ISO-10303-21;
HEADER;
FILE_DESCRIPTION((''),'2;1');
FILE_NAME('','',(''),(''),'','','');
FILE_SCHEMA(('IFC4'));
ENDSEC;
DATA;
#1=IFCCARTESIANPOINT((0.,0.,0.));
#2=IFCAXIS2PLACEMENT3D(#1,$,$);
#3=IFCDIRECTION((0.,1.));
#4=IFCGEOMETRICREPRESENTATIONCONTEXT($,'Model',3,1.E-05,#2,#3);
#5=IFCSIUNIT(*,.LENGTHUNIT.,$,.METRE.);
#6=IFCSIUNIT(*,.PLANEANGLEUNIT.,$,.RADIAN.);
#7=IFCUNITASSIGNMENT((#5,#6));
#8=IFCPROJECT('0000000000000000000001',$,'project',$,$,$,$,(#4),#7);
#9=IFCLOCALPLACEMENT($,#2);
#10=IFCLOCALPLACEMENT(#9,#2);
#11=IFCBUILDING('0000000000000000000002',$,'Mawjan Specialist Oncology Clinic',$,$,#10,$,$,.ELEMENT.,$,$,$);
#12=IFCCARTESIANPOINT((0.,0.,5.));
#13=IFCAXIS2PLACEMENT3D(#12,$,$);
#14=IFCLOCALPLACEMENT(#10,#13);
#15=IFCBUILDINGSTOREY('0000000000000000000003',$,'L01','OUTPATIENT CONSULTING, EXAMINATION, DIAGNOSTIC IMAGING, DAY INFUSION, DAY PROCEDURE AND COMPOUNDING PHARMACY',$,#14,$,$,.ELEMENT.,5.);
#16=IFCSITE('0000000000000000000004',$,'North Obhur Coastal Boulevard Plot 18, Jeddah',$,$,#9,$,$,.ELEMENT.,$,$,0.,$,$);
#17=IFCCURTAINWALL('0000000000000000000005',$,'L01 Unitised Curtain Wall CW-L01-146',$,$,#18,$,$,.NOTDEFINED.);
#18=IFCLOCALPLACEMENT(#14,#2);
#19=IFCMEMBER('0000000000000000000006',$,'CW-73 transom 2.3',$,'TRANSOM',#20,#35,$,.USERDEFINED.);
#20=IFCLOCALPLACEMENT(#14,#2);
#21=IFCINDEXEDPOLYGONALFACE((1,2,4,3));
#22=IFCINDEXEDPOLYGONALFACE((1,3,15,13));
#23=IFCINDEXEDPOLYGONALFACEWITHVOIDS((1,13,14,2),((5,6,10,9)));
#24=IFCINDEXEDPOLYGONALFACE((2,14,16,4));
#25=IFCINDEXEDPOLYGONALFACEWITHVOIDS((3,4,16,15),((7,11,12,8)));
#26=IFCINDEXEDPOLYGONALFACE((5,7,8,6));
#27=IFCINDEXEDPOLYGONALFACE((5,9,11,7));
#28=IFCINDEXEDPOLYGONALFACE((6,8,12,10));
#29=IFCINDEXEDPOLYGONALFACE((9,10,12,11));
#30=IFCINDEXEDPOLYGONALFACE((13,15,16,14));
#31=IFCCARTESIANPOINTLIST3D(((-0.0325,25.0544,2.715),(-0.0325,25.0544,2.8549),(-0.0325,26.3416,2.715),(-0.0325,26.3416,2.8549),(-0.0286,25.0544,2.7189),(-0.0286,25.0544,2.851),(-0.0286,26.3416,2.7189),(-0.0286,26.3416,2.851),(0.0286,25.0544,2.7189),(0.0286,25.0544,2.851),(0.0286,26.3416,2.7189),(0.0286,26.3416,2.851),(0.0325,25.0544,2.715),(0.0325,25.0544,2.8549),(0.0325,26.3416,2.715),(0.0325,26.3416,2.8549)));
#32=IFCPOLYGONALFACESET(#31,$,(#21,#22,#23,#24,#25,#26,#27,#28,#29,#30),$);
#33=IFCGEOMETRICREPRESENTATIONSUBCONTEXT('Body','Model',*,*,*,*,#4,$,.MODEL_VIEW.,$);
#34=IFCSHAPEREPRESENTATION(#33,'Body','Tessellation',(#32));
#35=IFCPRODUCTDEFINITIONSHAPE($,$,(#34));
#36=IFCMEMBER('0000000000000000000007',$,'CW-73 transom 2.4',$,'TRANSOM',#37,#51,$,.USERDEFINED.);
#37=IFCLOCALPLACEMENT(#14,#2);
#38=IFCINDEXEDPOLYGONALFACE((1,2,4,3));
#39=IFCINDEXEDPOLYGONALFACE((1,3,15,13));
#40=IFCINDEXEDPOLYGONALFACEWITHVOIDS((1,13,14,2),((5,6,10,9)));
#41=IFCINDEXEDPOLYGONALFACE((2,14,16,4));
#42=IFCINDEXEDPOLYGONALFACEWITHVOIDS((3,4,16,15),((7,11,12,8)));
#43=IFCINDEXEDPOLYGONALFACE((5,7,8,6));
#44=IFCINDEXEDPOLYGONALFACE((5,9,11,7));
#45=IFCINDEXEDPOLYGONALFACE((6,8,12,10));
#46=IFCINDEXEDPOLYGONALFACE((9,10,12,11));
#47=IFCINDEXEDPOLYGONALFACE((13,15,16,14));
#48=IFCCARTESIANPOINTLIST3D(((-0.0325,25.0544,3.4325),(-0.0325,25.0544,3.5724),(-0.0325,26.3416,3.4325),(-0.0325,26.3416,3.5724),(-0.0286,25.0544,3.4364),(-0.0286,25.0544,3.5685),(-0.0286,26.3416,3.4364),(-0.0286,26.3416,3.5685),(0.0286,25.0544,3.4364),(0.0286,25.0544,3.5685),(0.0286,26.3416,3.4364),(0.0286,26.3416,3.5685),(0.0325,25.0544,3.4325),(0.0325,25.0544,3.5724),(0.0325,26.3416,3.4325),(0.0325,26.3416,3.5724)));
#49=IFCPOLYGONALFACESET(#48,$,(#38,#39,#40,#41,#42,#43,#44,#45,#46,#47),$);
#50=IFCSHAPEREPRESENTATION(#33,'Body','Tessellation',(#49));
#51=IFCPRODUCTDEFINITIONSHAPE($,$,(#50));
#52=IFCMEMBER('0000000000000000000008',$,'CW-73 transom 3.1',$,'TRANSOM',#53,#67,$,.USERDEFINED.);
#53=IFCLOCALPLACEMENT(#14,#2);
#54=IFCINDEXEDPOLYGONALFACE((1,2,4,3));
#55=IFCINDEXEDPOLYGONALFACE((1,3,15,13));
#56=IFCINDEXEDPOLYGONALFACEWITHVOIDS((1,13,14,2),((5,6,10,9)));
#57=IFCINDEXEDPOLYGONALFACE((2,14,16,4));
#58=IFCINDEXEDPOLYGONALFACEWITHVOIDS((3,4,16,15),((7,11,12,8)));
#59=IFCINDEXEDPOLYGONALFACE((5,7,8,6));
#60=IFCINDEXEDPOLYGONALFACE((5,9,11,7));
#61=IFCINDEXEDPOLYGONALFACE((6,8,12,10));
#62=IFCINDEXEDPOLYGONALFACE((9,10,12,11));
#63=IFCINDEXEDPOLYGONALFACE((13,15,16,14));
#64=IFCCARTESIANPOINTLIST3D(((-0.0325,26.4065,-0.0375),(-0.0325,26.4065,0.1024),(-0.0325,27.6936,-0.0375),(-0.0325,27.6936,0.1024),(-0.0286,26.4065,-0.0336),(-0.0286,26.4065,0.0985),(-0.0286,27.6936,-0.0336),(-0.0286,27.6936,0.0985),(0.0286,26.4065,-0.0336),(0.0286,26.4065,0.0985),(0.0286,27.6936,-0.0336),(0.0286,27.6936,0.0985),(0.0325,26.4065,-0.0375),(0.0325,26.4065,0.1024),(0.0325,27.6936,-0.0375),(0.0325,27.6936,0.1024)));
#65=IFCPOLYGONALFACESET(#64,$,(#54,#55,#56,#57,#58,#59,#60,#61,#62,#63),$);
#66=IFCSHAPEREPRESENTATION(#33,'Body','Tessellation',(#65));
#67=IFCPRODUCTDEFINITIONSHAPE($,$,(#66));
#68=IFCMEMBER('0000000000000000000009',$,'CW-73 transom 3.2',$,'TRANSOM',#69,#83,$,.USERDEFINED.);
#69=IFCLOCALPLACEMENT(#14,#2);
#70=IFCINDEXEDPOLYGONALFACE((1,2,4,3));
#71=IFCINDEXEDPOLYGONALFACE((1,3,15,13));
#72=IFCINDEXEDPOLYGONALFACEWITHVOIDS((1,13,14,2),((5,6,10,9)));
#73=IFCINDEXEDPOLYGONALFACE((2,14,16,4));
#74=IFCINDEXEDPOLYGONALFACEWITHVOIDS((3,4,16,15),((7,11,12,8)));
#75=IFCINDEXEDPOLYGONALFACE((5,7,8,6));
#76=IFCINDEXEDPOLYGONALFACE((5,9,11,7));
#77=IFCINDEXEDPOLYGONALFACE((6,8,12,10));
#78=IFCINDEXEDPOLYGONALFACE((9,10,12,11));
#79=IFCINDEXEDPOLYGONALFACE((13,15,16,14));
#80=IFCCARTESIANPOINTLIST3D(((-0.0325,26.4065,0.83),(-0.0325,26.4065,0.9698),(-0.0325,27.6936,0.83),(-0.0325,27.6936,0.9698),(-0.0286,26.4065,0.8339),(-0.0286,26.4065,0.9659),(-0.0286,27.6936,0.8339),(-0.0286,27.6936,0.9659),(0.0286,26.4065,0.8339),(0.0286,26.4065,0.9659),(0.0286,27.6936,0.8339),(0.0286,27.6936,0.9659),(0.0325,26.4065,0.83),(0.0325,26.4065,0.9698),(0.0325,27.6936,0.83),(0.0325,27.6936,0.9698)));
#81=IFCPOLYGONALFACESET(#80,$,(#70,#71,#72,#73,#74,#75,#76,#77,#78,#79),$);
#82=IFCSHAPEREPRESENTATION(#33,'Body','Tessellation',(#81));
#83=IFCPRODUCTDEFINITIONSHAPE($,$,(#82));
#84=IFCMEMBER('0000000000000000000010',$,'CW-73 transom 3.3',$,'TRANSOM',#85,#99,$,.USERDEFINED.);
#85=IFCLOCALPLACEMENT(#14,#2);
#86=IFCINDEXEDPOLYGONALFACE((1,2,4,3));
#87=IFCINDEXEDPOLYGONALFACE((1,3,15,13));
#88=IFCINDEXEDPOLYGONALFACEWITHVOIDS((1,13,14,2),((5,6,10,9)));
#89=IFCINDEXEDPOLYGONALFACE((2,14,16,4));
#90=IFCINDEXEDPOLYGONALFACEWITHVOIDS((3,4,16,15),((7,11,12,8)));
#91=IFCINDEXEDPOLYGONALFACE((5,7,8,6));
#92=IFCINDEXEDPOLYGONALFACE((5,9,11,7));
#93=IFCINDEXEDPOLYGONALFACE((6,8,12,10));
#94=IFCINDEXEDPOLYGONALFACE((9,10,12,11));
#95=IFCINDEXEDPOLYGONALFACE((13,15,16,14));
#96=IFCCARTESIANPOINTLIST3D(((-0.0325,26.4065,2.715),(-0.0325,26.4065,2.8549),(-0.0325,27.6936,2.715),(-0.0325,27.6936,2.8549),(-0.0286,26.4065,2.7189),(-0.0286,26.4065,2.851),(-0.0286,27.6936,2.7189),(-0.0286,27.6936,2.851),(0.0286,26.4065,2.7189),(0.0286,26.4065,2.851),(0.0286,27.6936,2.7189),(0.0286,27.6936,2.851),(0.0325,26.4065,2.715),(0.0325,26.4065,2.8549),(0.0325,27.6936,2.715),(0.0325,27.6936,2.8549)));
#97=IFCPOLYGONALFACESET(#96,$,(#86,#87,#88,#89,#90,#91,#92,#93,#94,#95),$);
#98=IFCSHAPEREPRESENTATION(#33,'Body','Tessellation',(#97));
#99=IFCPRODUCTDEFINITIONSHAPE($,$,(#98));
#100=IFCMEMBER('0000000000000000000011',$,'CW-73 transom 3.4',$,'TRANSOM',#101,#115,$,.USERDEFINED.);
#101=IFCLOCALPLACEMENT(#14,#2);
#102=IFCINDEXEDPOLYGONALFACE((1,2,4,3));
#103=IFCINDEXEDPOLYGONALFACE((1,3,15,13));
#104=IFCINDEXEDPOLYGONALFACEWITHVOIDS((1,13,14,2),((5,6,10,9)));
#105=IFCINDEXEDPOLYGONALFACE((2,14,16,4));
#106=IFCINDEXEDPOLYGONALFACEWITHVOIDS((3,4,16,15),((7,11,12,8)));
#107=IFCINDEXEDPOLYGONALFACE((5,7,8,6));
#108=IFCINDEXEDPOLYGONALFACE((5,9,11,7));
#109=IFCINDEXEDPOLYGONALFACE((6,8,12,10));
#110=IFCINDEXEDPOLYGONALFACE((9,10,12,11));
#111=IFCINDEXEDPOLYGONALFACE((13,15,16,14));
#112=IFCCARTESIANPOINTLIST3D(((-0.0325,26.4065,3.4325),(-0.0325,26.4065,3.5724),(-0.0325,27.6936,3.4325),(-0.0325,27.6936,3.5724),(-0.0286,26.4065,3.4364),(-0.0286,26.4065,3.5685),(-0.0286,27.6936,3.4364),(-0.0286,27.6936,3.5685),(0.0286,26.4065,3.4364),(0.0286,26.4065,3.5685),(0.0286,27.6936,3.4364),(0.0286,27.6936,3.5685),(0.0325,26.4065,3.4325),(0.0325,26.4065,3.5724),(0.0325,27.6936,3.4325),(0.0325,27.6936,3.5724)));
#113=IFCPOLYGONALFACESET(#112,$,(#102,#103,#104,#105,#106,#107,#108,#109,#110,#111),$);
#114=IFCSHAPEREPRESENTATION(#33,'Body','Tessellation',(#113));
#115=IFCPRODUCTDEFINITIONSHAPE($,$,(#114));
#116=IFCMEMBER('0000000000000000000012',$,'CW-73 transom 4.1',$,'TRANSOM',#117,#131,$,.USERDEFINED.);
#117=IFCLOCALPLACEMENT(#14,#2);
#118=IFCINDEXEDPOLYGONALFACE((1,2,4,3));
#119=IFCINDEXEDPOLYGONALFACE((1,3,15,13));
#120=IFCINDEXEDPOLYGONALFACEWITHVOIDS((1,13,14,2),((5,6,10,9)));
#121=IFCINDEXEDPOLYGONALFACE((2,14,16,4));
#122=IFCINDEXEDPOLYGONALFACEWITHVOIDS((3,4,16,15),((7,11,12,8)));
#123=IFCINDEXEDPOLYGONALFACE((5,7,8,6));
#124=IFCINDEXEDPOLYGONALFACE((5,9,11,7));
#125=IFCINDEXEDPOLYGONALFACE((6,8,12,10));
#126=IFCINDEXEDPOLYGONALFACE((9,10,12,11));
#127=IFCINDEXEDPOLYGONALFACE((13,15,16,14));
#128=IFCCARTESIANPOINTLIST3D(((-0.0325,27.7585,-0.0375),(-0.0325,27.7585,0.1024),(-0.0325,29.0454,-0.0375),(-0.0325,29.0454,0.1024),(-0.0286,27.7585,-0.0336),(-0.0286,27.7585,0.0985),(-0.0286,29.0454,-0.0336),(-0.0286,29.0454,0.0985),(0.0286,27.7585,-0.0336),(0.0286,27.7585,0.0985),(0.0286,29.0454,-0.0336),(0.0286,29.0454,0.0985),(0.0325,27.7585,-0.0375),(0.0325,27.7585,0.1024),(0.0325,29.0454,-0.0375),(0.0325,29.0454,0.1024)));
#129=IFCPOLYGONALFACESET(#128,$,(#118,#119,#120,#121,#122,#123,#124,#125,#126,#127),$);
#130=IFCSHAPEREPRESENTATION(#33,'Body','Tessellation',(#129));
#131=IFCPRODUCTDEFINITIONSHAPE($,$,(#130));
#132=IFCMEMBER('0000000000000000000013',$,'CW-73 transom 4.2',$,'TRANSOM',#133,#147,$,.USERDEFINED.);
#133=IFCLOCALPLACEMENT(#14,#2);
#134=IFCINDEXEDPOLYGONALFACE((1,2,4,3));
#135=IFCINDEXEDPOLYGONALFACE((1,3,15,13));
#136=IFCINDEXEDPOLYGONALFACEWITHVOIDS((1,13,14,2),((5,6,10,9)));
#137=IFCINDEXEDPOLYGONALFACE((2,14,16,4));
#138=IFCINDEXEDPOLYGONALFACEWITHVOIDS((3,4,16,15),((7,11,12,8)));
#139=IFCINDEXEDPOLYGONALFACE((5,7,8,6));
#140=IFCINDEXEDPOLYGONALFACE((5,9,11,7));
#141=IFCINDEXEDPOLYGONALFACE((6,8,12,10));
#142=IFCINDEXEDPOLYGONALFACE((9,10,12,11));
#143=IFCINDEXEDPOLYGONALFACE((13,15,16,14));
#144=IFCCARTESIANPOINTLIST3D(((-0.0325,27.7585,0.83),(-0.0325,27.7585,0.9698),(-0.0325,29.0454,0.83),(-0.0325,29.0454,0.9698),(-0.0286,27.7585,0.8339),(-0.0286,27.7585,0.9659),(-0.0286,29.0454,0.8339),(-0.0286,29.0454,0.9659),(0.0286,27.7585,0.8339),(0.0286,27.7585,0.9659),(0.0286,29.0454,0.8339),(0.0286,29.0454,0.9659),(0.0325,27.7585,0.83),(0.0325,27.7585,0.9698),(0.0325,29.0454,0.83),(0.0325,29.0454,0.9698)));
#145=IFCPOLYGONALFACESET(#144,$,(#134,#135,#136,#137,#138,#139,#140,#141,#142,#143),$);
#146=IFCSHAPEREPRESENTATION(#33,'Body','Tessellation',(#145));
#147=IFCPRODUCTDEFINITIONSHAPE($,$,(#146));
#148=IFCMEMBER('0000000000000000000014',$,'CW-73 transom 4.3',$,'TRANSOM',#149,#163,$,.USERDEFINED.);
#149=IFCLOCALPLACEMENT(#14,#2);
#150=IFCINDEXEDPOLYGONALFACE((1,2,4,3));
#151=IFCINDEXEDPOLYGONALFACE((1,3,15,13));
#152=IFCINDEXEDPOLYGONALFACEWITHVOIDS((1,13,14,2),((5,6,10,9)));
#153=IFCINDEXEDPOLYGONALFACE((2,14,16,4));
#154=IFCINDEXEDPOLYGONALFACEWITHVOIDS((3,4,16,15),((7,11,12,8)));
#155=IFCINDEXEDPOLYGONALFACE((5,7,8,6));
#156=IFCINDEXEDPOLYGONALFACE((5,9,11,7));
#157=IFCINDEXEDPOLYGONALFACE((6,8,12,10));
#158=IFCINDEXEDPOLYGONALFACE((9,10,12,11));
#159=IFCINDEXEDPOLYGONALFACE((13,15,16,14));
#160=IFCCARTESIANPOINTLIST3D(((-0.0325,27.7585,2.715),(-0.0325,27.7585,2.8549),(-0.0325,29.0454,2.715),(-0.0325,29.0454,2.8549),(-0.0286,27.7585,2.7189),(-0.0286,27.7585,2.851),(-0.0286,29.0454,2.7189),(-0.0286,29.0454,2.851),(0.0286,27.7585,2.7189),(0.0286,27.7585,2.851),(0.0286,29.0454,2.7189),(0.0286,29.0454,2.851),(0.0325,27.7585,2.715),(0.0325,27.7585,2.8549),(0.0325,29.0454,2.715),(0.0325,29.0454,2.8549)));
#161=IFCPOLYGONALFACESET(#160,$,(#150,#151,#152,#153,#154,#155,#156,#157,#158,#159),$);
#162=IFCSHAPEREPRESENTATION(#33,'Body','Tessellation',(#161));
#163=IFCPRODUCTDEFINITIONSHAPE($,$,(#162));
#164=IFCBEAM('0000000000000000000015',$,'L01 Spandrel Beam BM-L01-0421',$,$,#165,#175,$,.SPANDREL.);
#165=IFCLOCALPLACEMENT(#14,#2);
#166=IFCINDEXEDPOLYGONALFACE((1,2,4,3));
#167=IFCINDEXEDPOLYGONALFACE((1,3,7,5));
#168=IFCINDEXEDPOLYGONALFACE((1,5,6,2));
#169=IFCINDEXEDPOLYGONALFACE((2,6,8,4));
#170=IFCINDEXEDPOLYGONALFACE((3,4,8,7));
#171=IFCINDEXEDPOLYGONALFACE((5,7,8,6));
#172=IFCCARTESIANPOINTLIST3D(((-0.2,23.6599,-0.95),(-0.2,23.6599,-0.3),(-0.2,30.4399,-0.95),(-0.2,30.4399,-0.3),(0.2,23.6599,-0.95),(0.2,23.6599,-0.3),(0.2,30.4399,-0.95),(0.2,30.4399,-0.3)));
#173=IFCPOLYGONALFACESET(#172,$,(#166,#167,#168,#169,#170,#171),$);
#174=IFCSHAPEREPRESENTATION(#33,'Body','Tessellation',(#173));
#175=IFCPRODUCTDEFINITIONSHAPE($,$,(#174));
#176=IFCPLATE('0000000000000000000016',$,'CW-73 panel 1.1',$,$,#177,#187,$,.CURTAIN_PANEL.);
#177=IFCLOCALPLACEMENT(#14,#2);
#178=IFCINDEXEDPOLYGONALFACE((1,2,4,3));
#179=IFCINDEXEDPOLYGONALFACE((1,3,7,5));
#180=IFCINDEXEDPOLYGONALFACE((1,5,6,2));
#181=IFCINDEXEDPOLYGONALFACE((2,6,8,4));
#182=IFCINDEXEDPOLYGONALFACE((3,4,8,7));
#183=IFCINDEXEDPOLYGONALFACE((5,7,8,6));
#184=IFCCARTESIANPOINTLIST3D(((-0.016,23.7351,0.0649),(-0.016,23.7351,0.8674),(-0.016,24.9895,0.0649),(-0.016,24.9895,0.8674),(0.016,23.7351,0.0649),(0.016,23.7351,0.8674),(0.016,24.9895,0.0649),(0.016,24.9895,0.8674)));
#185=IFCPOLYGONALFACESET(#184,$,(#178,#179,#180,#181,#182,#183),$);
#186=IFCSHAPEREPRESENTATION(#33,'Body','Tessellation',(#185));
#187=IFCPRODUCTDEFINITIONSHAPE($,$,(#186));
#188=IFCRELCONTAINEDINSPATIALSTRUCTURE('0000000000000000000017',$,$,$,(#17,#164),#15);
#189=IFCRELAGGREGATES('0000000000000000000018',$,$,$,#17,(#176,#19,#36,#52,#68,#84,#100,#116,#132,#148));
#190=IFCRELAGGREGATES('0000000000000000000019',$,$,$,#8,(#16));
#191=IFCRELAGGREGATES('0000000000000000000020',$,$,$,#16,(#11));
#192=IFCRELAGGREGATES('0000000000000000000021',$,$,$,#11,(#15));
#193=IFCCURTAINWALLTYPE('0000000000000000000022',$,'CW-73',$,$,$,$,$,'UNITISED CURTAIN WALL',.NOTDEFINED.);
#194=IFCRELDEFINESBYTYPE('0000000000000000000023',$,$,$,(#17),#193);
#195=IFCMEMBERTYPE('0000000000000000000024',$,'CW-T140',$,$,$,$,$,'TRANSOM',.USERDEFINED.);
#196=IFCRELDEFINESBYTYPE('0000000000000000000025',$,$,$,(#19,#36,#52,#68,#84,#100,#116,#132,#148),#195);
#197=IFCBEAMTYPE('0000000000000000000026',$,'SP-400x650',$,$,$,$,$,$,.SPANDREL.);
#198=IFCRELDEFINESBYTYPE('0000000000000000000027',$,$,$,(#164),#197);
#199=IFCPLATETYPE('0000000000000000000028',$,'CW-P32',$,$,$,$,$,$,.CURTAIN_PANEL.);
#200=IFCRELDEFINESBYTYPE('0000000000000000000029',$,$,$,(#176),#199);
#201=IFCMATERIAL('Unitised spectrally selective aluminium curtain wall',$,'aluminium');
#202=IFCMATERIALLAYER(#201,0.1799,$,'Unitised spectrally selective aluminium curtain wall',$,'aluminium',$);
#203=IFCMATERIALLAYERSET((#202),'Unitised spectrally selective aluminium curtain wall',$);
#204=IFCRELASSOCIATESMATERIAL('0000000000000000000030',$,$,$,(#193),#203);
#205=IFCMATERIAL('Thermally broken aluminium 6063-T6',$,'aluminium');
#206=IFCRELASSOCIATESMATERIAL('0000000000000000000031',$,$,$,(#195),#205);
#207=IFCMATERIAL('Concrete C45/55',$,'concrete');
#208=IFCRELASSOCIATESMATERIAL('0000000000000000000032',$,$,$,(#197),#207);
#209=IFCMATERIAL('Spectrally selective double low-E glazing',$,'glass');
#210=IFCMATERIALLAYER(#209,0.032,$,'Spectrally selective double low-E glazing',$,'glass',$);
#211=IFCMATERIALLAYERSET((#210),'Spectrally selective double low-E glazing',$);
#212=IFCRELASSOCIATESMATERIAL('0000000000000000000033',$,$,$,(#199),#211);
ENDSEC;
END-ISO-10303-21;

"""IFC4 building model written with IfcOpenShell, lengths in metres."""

from ifc_helpers import new_model, si_unit, direction, frame, origin, origin_2d, place, context, subcontext, project, spatial, rectangle, hollow_rectangle, extrude, material, layer, layer_set, material_profile, profile_set, type_object, element, aggregate, save


model = new_model("IFC4")

# Units and contexts
model_context = context("Model", 3, precision=1e-05, world=origin(), true_north=direction((0.0, 1.0)))
body_context = subcontext(model_context, "Body", "Model", "MODEL_VIEW")
ifc_project = project(units=[si_unit("LENGTHUNIT", "METRE"), si_unit("PLANEANGLEUNIT", "RADIAN")], contexts=[model_context])

# Site, building, storey
site_placement = place(None, origin())
site = spatial("IfcSite", under=ifc_project, at=site_placement, Name="North Obhur Coastal Boulevard Plot 18, Jeddah", CompositionType="ELEMENT", RefElevation=0.0)
building_placement = place(site_placement, origin())
building = spatial("IfcBuilding", under=site, at=building_placement, Name="Mawjan Specialist Oncology Clinic", CompositionType="ELEMENT")
storey_placement = place(building_placement, frame((0.0, 0.0, 5.0)))
storey = spatial("IfcBuildingStorey", under=building, at=storey_placement, Name="L01", Description="OUTPATIENT CONSULTING, EXAMINATION, DIAGNOSTIC IMAGING, DAY INFUSION, DAY PROCEDURE AND COMPOUNDING PHARMACY", CompositionType="ELEMENT", Elevation=5.0)

# Curtain wall, members
ifc_material_1 = material(Name="Unitised spectrally selective aluminium curtain wall", Category="aluminium")
ifc_layer_1 = layer(ifc_material_1, 0.1799, Name="Unitised spectrally selective aluminium curtain wall", Category="aluminium")
ifc_layer_set_1 = layer_set([ifc_layer_1], Name="Unitised spectrally selective aluminium curtain wall")
curtain_wall_type = type_object("IfcCurtainWallType", Name="CW-73", ElementType="UNITISED CURTAIN WALL", PredefinedType="NOTDEFINED", material=ifc_layer_set_1)
curtain_wall_placement = place(storey_placement, origin())
curtain_wall = element("IfcCurtainWall", 1, at=curtain_wall_placement, inside=storey, type_object=curtain_wall_type, Name="L01 Unitised Curtain Wall CW-L01-146", PredefinedType="NOTDEFINED")
ifc_material_2 = material(Name="Thermally broken aluminium 6063-T6", Category="aluminium")
ifc_material_profile_1 = material_profile(ifc_material_2, hollow_rectangle(XDim=0.0649, YDim=0.1399, WallThickness=0.0039, at=origin_2d()), Name="ALU TRANSOM 140x65x4", Category="aluminium")
ifc_profile_set_1 = profile_set([ifc_material_profile_1], Name="Thermally broken aluminium 6063-T6")
member_type_1 = type_object("IfcMemberType", Name="CW-T140", ElementType="TRANSOM", PredefinedType="USERDEFINED", material=ifc_profile_set_1)
member_1_placement = place(storey_placement, frame((0.0, 25.0544, 2.7849), z_axis=(0.0, 1.0, 0.0), x_axis=(-1.0, 0.0, 0.0)))
member_1 = element("IfcMember", 2, at=member_1_placement, type_object=member_type_1, Name="CW-73 transom 2.3", ObjectType="TRANSOM", PredefinedType="USERDEFINED", context=body_context, shape_type="SweptSolid", body=[
    extrude(hollow_rectangle(XDim=0.0649, YDim=0.1399, WallThickness=0.0039, at=origin_2d()), origin(), (0.0, 0.0, 1.0), 1.2871),
])
member_2_placement = place(storey_placement, frame((0.0, 25.0544, 3.5024), z_axis=(0.0, 1.0, 0.0), x_axis=(-1.0, 0.0, 0.0)))
member_2 = element("IfcMember", 3, at=member_2_placement, type_object=member_type_1, Name="CW-73 transom 2.4", ObjectType="TRANSOM", PredefinedType="USERDEFINED", context=body_context, shape_type="SweptSolid", body=[
    extrude(hollow_rectangle(XDim=0.0649, YDim=0.1399, WallThickness=0.0039, at=origin_2d()), origin(), (0.0, 0.0, 1.0), 1.2871),
])
member_3_placement = place(storey_placement, frame((0.0, 26.4065, 0.0325), z_axis=(0.0, 1.0, 0.0), x_axis=(-1.0, 0.0, 0.0)))
member_3 = element("IfcMember", 4, at=member_3_placement, type_object=member_type_1, Name="CW-73 transom 3.1", ObjectType="TRANSOM", PredefinedType="USERDEFINED", context=body_context, shape_type="SweptSolid", body=[
    extrude(hollow_rectangle(XDim=0.0649, YDim=0.1399, WallThickness=0.0039, at=origin_2d()), origin(), (0.0, 0.0, 1.0), 1.2871),
])
member_4_placement = place(storey_placement, frame((0.0, 26.4065, 0.8999), z_axis=(0.0, 1.0, 0.0), x_axis=(-1.0, 0.0, 0.0)))
member_4 = element("IfcMember", 5, at=member_4_placement, type_object=member_type_1, Name="CW-73 transom 3.2", ObjectType="TRANSOM", PredefinedType="USERDEFINED", context=body_context, shape_type="SweptSolid", body=[
    extrude(hollow_rectangle(XDim=0.0649, YDim=0.1399, WallThickness=0.0039, at=origin_2d()), origin(), (0.0, 0.0, 1.0), 1.2871),
])
member_5_placement = place(storey_placement, frame((0.0, 26.4065, 2.7849), z_axis=(0.0, 1.0, 0.0), x_axis=(-1.0, 0.0, 0.0)))
member_5 = element("IfcMember", 6, at=member_5_placement, type_object=member_type_1, Name="CW-73 transom 3.3", ObjectType="TRANSOM", PredefinedType="USERDEFINED", context=body_context, shape_type="SweptSolid", body=[
    extrude(hollow_rectangle(XDim=0.0649, YDim=0.1399, WallThickness=0.0039, at=origin_2d()), origin(), (0.0, 0.0, 1.0), 1.2871),
])
member_6_placement = place(storey_placement, frame((0.0, 26.4065, 3.5024), z_axis=(0.0, 1.0, 0.0), x_axis=(-1.0, 0.0, 0.0)))
member_6 = element("IfcMember", 7, at=member_6_placement, type_object=member_type_1, Name="CW-73 transom 3.4", ObjectType="TRANSOM", PredefinedType="USERDEFINED", context=body_context, shape_type="SweptSolid", body=[
    extrude(hollow_rectangle(XDim=0.0649, YDim=0.1399, WallThickness=0.0039, at=origin_2d()), origin(), (0.0, 0.0, 1.0), 1.2871),
])
member_7_placement = place(storey_placement, frame((0.0, 27.7585, 0.0325), z_axis=(0.0, 1.0, 0.0), x_axis=(-1.0, 0.0, 0.0)))
member_7 = element("IfcMember", 8, at=member_7_placement, type_object=member_type_1, Name="CW-73 transom 4.1", ObjectType="TRANSOM", PredefinedType="USERDEFINED", context=body_context, shape_type="SweptSolid", body=[
    extrude(hollow_rectangle(XDim=0.0649, YDim=0.1399, WallThickness=0.0039, at=origin_2d()), origin(), (0.0, 0.0, 1.0), 1.2869),
])
member_8_placement = place(storey_placement, frame((0.0, 27.7585, 0.8999), z_axis=(0.0, 1.0, 0.0), x_axis=(-1.0, 0.0, 0.0)))
member_8 = element("IfcMember", 9, at=member_8_placement, type_object=member_type_1, Name="CW-73 transom 4.2", ObjectType="TRANSOM", PredefinedType="USERDEFINED", context=body_context, shape_type="SweptSolid", body=[
    extrude(hollow_rectangle(XDim=0.0649, YDim=0.1399, WallThickness=0.0039, at=origin_2d()), origin(), (0.0, 0.0, 1.0), 1.2869),
])
member_9_placement = place(storey_placement, frame((0.0, 27.7585, 2.7849), z_axis=(0.0, 1.0, 0.0), x_axis=(-1.0, 0.0, 0.0)))
member_9 = element("IfcMember", 10, at=member_9_placement, type_object=member_type_1, Name="CW-73 transom 4.3", ObjectType="TRANSOM", PredefinedType="USERDEFINED", context=body_context, shape_type="SweptSolid", body=[
    extrude(hollow_rectangle(XDim=0.0649, YDim=0.1399, WallThickness=0.0039, at=origin_2d()), origin(), (0.0, 0.0, 1.0), 1.2869),
])

# Beam
ifc_material_3 = material(Name="Concrete C45/55", Category="concrete")
ifc_material_profile_2 = material_profile(ifc_material_3, rectangle(XDim=0.3999, YDim=0.6499, at=origin_2d()), Name="RC BM 400x650", Category="concrete")
ifc_profile_set_2 = profile_set([ifc_material_profile_2], Name="Concrete C45/55")
beam_type = type_object("IfcBeamType", Name="SP-400x650", PredefinedType="SPANDREL", material=ifc_profile_set_2)
beam_placement = place(storey_placement, frame((0.0, 23.6599, -0.625), z_axis=(0.0, 1.0, 0.0), x_axis=(-1.0, 0.0, 0.0)))
element("IfcBeam", 11, at=beam_placement, inside=storey, type_object=beam_type, Name="L01 Spandrel Beam BM-L01-0421", PredefinedType="SPANDREL", context=body_context, shape_type="SweptSolid", body=[
    extrude(rectangle(XDim=0.3999, YDim=0.6499, at=origin_2d()), origin(), (0.0, 0.0, 1.0), 6.78),
])

# Plate
ifc_material_4 = material(Name="Spectrally selective double low-E glazing", Category="glass")
ifc_layer_2 = layer(ifc_material_4, 0.032, Name="Spectrally selective double low-E glazing", Category="glass")
ifc_layer_set_2 = layer_set([ifc_layer_2], Name="Spectrally selective double low-E glazing")
plate_type = type_object("IfcPlateType", Name="CW-P32", PredefinedType="CURTAIN_PANEL", material=ifc_layer_set_2)
plate_1_placement = place(storey_placement, frame((0.0, 24.3623, 0.0649), z_axis=(0.0, 0.0, 1.0), x_axis=(0.0, 1.0, 0.0)))
plate_1 = element("IfcPlate", 12, at=plate_1_placement, type_object=plate_type, Name="CW-73 panel 1.1", PredefinedType="CURTAIN_PANEL", context=body_context, shape_type="SweptSolid", body=[
    extrude(rectangle(XDim=1.2544, YDim=0.032, at=origin_2d()), origin(), (0.0, 0.0, 1.0), 0.8025),
])
aggregate(curtain_wall, [plate_1, member_1, member_2, member_3, member_4, member_5, member_6, member_7, member_8, member_9])

save(model, "model.ifc")
